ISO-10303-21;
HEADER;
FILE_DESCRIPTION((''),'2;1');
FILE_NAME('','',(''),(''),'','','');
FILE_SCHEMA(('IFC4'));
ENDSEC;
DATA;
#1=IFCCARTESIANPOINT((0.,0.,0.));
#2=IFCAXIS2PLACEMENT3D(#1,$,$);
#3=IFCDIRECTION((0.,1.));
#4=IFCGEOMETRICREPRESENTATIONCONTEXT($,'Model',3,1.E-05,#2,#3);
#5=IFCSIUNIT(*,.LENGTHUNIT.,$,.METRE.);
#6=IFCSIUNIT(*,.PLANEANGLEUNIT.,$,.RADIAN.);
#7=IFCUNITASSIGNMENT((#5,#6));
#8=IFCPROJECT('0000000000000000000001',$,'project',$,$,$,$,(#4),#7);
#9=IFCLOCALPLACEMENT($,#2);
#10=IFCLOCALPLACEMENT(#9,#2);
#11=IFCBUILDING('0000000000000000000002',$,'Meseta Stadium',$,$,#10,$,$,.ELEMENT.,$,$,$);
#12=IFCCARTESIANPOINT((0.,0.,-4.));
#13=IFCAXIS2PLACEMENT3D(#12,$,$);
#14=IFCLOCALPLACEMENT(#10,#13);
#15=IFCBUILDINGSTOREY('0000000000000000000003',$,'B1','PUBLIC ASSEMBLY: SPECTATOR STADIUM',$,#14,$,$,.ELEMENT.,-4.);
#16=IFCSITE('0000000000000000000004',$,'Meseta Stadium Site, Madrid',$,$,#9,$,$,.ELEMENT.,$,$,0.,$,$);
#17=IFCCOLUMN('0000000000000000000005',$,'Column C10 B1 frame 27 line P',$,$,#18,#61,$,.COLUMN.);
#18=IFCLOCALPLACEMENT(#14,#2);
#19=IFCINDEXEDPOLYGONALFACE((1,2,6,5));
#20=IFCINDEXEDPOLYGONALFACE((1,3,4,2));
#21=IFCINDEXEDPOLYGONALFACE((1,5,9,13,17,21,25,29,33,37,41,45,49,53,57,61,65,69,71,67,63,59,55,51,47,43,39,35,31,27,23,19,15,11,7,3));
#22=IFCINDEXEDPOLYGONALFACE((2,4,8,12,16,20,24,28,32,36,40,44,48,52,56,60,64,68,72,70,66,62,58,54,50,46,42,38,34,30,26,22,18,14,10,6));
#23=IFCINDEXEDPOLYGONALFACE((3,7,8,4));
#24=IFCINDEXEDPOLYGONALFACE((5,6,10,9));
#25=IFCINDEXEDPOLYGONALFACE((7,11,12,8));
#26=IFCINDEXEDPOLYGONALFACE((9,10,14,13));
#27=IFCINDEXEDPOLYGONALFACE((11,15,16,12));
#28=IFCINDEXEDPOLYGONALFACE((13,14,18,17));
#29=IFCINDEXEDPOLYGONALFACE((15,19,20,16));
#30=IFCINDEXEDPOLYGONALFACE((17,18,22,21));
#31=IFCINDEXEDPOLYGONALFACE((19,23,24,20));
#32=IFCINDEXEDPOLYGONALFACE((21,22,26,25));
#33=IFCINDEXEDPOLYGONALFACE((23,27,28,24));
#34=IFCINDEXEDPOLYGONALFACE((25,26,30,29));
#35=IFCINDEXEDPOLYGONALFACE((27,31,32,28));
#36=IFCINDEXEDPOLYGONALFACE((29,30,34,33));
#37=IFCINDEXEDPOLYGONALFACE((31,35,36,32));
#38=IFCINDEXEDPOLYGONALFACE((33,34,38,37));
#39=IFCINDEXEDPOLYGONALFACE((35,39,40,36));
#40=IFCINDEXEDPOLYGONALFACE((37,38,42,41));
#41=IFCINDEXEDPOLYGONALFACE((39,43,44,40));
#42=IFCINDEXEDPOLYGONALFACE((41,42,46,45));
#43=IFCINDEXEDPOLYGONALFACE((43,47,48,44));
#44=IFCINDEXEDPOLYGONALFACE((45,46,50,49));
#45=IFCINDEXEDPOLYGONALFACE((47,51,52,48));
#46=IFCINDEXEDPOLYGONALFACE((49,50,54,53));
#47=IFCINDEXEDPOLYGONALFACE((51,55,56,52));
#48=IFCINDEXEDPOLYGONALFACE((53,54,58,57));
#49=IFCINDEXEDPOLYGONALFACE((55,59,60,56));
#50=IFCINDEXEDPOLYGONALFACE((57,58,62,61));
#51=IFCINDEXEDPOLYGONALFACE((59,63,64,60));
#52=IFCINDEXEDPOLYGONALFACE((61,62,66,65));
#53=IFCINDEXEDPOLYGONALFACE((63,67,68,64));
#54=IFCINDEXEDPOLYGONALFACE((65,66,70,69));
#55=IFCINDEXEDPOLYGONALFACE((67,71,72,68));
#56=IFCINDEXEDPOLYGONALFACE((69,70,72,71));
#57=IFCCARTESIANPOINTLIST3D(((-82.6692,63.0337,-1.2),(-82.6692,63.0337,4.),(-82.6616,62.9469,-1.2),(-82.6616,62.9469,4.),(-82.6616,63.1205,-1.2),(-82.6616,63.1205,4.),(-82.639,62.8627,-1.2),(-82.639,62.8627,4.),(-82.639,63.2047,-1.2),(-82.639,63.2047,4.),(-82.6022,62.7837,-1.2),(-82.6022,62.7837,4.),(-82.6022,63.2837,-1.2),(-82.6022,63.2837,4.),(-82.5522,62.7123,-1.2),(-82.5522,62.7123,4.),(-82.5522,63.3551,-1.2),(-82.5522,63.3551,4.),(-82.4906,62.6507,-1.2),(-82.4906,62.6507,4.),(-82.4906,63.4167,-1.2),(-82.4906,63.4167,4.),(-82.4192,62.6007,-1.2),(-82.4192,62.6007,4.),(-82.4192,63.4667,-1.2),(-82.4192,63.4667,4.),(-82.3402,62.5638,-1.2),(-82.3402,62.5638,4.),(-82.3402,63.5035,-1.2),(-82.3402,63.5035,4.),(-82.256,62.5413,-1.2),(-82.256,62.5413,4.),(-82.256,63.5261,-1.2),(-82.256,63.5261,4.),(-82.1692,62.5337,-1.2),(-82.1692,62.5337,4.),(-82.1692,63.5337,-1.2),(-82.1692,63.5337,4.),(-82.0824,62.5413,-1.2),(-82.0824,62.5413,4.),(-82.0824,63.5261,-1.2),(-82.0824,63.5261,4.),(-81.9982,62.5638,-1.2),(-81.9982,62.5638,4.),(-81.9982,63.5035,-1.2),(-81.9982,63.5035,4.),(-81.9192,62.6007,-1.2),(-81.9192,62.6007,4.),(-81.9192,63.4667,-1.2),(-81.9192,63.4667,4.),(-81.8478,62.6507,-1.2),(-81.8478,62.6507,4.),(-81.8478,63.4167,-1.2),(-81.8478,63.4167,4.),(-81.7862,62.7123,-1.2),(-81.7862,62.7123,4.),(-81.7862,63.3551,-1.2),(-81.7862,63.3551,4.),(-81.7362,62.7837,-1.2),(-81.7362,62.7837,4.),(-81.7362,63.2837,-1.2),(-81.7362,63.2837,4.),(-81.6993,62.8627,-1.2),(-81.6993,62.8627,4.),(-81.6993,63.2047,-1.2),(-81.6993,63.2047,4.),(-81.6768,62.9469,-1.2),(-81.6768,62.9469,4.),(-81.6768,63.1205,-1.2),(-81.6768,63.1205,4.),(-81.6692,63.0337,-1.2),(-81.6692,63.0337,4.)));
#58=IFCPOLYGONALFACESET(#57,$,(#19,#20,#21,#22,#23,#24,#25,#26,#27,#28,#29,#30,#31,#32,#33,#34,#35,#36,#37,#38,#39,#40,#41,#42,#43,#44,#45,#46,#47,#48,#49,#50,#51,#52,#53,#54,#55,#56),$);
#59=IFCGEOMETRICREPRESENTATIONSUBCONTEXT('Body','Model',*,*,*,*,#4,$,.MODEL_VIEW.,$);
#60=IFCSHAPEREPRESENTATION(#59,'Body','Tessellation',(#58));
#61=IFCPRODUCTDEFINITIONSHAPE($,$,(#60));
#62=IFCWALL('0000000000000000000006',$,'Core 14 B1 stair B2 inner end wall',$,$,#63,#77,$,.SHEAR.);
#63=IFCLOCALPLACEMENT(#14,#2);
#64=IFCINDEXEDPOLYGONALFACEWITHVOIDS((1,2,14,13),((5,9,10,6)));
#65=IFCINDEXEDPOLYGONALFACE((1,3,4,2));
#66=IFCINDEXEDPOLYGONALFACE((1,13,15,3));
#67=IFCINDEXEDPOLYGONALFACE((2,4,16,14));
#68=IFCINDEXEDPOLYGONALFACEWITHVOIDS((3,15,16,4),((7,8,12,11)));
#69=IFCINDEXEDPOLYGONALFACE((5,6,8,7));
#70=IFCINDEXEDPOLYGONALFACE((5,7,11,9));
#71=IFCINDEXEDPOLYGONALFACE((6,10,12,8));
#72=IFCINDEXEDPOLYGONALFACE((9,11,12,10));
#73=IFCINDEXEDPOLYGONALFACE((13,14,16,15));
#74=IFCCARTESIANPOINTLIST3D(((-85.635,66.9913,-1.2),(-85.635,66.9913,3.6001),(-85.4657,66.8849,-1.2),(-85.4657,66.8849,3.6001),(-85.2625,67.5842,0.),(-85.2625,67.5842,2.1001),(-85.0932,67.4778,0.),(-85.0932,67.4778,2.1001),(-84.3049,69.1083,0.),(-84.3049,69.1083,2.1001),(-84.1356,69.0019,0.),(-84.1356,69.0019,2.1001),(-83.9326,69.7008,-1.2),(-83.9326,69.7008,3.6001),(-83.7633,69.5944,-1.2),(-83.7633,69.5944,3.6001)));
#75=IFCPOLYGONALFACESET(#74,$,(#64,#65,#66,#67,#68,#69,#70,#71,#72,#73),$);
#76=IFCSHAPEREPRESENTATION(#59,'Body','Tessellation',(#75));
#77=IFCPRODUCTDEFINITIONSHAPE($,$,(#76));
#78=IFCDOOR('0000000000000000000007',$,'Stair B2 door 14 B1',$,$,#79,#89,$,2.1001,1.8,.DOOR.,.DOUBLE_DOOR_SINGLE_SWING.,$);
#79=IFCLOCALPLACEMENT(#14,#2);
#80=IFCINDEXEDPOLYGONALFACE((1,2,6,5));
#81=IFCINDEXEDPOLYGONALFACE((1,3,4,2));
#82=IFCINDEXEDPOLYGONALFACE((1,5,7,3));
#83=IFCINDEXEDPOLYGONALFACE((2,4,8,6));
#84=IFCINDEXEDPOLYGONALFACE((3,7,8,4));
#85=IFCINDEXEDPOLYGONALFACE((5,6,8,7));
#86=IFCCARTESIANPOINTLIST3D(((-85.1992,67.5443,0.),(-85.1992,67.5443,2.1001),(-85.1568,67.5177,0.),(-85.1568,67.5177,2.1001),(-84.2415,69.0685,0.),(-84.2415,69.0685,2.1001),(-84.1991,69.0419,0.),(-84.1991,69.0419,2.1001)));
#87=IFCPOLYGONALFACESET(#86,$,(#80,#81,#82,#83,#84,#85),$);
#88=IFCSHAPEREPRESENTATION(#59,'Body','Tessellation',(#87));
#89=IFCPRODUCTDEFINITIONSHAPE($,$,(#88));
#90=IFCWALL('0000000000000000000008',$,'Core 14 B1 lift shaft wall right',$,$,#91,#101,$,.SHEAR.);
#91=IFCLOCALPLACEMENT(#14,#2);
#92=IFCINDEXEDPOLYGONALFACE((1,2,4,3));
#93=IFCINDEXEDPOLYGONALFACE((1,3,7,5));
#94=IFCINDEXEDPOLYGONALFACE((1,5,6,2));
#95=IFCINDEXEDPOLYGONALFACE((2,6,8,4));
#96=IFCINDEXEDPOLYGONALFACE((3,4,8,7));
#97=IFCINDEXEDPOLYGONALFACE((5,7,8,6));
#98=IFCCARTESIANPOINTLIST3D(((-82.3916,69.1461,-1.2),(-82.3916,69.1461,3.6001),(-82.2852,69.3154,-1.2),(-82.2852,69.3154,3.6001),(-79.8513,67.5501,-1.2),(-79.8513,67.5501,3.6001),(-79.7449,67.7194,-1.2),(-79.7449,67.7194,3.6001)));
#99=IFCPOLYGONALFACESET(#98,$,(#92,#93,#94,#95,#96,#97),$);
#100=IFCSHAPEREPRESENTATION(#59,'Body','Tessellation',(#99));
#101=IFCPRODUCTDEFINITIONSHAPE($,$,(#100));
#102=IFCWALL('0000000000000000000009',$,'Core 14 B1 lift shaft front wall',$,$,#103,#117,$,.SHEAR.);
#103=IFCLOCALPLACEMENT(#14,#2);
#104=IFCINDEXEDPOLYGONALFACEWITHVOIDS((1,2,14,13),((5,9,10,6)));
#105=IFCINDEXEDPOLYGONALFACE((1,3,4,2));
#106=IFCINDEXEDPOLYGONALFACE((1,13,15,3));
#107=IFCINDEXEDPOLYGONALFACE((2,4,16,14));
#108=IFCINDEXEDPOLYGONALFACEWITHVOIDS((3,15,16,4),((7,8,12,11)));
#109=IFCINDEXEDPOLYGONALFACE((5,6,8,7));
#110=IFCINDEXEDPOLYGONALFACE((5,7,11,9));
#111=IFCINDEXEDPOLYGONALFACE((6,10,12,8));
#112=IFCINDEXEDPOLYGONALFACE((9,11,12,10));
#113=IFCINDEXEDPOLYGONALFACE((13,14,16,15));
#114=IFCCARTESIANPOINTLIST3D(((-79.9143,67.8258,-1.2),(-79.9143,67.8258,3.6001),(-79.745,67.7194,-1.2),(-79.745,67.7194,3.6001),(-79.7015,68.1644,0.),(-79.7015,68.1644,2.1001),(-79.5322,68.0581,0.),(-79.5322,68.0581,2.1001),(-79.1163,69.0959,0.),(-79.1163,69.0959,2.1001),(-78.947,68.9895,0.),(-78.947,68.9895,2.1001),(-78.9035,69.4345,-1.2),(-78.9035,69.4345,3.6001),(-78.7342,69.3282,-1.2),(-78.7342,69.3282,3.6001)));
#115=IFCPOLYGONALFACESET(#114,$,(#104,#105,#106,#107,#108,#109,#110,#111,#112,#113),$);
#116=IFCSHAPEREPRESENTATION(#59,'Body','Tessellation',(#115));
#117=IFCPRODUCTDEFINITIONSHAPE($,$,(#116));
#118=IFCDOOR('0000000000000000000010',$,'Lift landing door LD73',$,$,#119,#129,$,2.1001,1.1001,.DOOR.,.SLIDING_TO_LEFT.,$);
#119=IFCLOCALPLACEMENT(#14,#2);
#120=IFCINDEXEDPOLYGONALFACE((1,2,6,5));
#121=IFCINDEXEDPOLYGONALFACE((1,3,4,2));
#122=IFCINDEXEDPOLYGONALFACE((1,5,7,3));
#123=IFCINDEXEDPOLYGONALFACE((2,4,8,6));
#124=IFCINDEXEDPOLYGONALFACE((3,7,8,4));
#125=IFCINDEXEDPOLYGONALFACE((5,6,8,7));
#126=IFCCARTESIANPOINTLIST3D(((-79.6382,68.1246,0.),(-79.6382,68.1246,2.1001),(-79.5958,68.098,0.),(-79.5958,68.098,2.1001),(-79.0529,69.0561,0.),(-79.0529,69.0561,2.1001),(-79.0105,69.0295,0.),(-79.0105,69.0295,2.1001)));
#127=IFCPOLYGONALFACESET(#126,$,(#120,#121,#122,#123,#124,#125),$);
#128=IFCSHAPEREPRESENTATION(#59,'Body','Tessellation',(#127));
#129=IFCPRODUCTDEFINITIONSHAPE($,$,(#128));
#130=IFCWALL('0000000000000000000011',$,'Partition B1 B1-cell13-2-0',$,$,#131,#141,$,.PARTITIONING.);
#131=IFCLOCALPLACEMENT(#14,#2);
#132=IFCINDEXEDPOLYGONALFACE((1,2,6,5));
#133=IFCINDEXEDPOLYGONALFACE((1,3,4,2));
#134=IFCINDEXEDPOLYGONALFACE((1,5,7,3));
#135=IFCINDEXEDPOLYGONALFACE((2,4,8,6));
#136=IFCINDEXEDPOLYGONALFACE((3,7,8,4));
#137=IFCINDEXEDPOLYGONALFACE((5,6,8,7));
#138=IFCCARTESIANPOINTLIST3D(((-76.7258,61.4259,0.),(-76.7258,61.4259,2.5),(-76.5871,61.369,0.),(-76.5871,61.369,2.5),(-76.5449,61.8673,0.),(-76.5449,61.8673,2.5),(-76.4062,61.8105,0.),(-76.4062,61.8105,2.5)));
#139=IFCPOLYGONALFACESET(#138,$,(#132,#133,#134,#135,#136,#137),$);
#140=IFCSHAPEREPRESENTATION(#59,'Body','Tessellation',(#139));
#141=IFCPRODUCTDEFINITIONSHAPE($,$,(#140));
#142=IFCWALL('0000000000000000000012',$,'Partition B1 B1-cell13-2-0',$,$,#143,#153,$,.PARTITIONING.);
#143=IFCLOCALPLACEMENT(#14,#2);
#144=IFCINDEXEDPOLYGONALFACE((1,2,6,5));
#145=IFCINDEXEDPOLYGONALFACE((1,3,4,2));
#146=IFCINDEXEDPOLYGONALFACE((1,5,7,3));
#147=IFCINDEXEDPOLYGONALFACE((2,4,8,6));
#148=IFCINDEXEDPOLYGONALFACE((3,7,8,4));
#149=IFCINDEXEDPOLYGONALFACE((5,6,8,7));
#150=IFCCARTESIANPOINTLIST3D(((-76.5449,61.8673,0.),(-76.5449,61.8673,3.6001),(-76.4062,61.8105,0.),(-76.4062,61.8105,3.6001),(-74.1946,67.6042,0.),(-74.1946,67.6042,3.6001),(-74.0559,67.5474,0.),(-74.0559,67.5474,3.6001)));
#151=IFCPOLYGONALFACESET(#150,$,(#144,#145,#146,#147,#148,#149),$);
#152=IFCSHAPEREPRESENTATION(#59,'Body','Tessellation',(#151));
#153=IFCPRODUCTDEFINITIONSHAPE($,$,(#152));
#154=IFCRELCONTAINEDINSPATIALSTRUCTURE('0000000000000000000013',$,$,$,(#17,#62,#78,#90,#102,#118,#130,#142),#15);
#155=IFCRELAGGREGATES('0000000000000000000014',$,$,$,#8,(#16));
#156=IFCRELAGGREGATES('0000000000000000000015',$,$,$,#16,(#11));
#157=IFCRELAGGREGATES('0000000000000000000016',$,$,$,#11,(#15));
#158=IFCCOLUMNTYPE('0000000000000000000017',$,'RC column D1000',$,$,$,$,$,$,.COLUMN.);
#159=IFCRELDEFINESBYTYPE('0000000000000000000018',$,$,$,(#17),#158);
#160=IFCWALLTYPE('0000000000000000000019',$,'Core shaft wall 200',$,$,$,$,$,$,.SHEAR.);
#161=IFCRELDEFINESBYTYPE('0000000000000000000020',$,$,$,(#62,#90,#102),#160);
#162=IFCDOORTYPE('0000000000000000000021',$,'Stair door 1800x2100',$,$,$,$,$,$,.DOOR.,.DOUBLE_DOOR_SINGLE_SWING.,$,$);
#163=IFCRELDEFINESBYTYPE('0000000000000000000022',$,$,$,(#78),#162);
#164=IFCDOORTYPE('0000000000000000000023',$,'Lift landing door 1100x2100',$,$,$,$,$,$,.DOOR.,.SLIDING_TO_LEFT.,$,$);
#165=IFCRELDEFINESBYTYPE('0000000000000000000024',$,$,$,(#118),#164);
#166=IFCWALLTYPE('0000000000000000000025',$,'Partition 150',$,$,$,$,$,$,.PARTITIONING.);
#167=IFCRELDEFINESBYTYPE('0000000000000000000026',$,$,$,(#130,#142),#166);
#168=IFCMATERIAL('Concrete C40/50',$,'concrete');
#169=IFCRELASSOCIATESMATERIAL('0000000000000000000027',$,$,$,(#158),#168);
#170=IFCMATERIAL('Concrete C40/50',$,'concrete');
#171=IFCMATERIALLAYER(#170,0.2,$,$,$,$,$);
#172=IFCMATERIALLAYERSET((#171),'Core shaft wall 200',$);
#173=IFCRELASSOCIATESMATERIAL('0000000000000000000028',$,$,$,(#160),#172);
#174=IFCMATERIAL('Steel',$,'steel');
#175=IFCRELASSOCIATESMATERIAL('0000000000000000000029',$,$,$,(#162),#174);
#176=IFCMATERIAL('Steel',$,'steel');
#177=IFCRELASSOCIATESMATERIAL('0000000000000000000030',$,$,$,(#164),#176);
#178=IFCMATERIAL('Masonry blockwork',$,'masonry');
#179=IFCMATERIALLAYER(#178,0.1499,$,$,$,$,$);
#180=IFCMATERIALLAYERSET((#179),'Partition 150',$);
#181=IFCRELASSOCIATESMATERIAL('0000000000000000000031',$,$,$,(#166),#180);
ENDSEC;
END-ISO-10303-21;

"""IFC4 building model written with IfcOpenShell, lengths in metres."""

from ifc_helpers import new_model, si_unit, direction, frame, frame_2d, origin, origin_2d, place, context, subcontext, project, spatial, rectangle, circle, extrude, material, layer, layer_set, material_profile, profile_set, type_object, element, fill, save


model = new_model("IFC4")

# Units and contexts
model_context = context("Model", 3, precision=1e-05, world=origin(), true_north=direction((0.0, 1.0)))
body_context = subcontext(model_context, "Body", "Model", "MODEL_VIEW")
ifc_project = project(units=[si_unit("LENGTHUNIT", "METRE"), si_unit("PLANEANGLEUNIT", "RADIAN")], contexts=[model_context])

# Site, building, storey
site_placement = place(None, origin())
site = spatial("IfcSite", under=ifc_project, at=site_placement, Name="Meseta Stadium Site, Madrid", CompositionType="ELEMENT", RefElevation=0.0)
building_placement = place(site_placement, origin())
building = spatial("IfcBuilding", under=site, at=building_placement, Name="Meseta Stadium", CompositionType="ELEMENT")
storey_placement = place(building_placement, frame((0.0, 0.0, -4.0)))
storey = spatial("IfcBuildingStorey", under=building, at=storey_placement, Name="B1", Description="PUBLIC ASSEMBLY: SPECTATOR STADIUM", CompositionType="ELEMENT", Elevation=-4.0)

# Column
ifc_material_1 = material(Name="Concrete C40/50", Category="concrete")
ifc_material_profile = material_profile(ifc_material_1, circle(Radius=0.5, at=origin_2d()), Name="RC D1000")
ifc_profile_set = profile_set([ifc_material_profile], Name="Concrete C40/50")
column_type = type_object("IfcColumnType", Name="RC column D1000", PredefinedType="COLUMN", material=ifc_profile_set)
column_placement = place(storey_placement, frame((-82.1692, 63.0337, -1.2), z_axis=(0.0, 0.0, 1.0), x_axis=(1.0, 0.0, 0.0)))
element("IfcColumn", 1, at=column_placement, inside=storey, type_object=column_type, Name="Column C10 B1 frame 27 line P", PredefinedType="COLUMN", context=body_context, shape_type="SweptSolid", body=[
    extrude(circle(Radius=0.5, at=origin_2d()), origin(), (0.0, 0.0, 1.0), 5.2),
])

# Wall, opening, door
ifc_material_2 = material(Name="Concrete C40/50", Category="concrete")
ifc_layer_1 = layer(ifc_material_2, 0.2)
ifc_layer_set_1 = layer_set([ifc_layer_1], Name="Core shaft wall 200")
wall_type_1 = type_object("IfcWallType", Name="Core shaft wall 200", PredefinedType="SHEAR", material=ifc_layer_set_1)
wall_1_placement = place(storey_placement, frame((-83.8479, 69.6477, -1.2), z_axis=(0.0, 0.0, 1.0), x_axis=(-0.532014, -0.846736, 0.0)))
wall_1 = element("IfcWall", 2, at=wall_1_placement, inside=storey, type_object=wall_type_1, Name="Core 14 B1 stair B2 inner end wall", PredefinedType="SHEAR", context=body_context, shape_type="SweptSolid", body=[
    extrude(rectangle(XDim=3.2, YDim=0.2, at=frame_2d((1.6001, 0.0))), origin(), (0.0, 0.0, 1.0), 4.8),
])
opening_1_placement = place(wall_1_placement, frame((0.7, 0.0, 1.2)))
opening_1 = element("IfcOpeningElement", 3, at=opening_1_placement, cuts=wall_1, PredefinedType="OPENING", context=body_context, shape_type="SweptSolid", body=[
    extrude(rectangle(XDim=1.8, YDim=2.1001, at=frame_2d((0.8999, 1.05))), frame((0.0, 0.1099, 0.0), z_axis=(0.0, -1.0, 0.0), x_axis=(1.0, 0.0, 0.0)), (0.0, 0.0, 1.0), 0.22),
])
ifc_material_3 = material(Name="Steel", Category="steel")
door_type_1 = type_object("IfcDoorType", Name="Stair door 1800x2100", OperationType="DOUBLE_DOOR_SINGLE_SWING", PredefinedType="DOOR", material=ifc_material_3)
door_1_placement = place(opening_1_placement, origin())
door_1 = element("IfcDoor", 4, at=door_1_placement, inside=storey, type_object=door_type_1, Name="Stair B2 door 14 B1", OperationType="DOUBLE_DOOR_SINGLE_SWING", OverallHeight=2.1001, OverallWidth=1.8, PredefinedType="DOOR", context=body_context, shape_type="SweptSolid", body=[
    extrude(rectangle(XDim=1.8, YDim=2.1001, at=frame_2d((0.8999, 1.05))), frame((0.0, 0.0249, 0.0), z_axis=(0.0, -1.0, 0.0), x_axis=(1.0, 0.0, 0.0)), (0.0, 0.0, 1.0), 0.05),
])
fill(opening_1, door_1)

# Wall
wall_2_placement = place(storey_placement, frame((-82.3384, 69.2307, -1.2), z_axis=(0.0, 0.0, 1.0), x_axis=(0.846757, -0.53198, 0.0)))
element("IfcWall", 5, at=wall_2_placement, inside=storey, type_object=wall_type_1, Name="Core 14 B1 lift shaft wall right", PredefinedType="SHEAR", context=body_context, shape_type="SweptSolid", body=[
    extrude(rectangle(XDim=3.0, YDim=0.2, at=frame_2d((1.5, 0.0))), origin(), (0.0, 0.0, 1.0), 4.8),
])

# Wall, opening, door
wall_3_placement = place(storey_placement, frame((-78.8188, 69.3813, -1.2), z_axis=(0.0, 0.0, 1.0), x_axis=(-0.532019, -0.846732, 0.0)))
wall_3 = element("IfcWall", 6, at=wall_3_placement, inside=storey, type_object=wall_type_1, Name="Core 14 B1 lift shaft front wall", PredefinedType="SHEAR", context=body_context, shape_type="SweptSolid", body=[
    extrude(rectangle(XDim=1.8999, YDim=0.2, at=frame_2d((0.95, 0.0))), origin(), (0.0, 0.0, 1.0), 4.8),
])
opening_2_placement = place(wall_3_placement, frame((0.3999, 0.0, 1.2)))
opening_2 = element("IfcOpeningElement", 7, at=opening_2_placement, cuts=wall_3, PredefinedType="OPENING", context=body_context, shape_type="SweptSolid", body=[
    extrude(rectangle(XDim=1.1001, YDim=2.1001, at=frame_2d((0.55, 1.05))), frame((0.0, 0.1099, 0.0), z_axis=(0.0, -1.0, 0.0), x_axis=(1.0, 0.0, 0.0)), (0.0, 0.0, 1.0), 0.22),
])
ifc_material_4 = material(Name="Steel", Category="steel")
door_type_2 = type_object("IfcDoorType", Name="Lift landing door 1100x2100", OperationType="SLIDING_TO_LEFT", PredefinedType="DOOR", material=ifc_material_4)
door_2_placement = place(opening_2_placement, origin())
door_2 = element("IfcDoor", 8, at=door_2_placement, inside=storey, type_object=door_type_2, Name="Lift landing door LD73", OperationType="SLIDING_TO_LEFT", OverallHeight=2.1001, OverallWidth=1.1001, PredefinedType="DOOR", context=body_context, shape_type="SweptSolid", body=[
    extrude(rectangle(XDim=1.1001, YDim=2.1001, at=frame_2d((0.55, 1.05))), frame((0.0, 0.0249, 0.0), z_axis=(0.0, -1.0, 0.0), x_axis=(1.0, 0.0, 0.0)), (0.0, 0.0, 1.0), 0.05),
])
fill(opening_2, door_2)

# Walls
ifc_material_5 = material(Name="Masonry blockwork", Category="masonry")
ifc_layer_2 = layer(ifc_material_5, 0.1499)
ifc_layer_set_2 = layer_set([ifc_layer_2], Name="Partition 150")
wall_type_2 = type_object("IfcWallType", Name="Partition 150", PredefinedType="PARTITIONING", material=ifc_layer_set_2)
wall_4_placement = place(storey_placement, frame((-76.6565, 61.3975, 0.0), z_axis=(0.0, 0.0, 1.0), x_axis=(0.379231, 0.925302, 0.0)))
element("IfcWall", 9, at=wall_4_placement, inside=storey, type_object=wall_type_2, Name="Partition B1 B1-cell13-2-0", PredefinedType="PARTITIONING", context=body_context, shape_type="SweptSolid", body=[
    extrude(rectangle(XDim=0.4771, YDim=0.1499, at=frame_2d((0.2385, 0.0))), origin(), (0.0, 0.0, 1.0), 2.5),
])
wall_5_placement = place(storey_placement, frame((-76.4756, 61.8389, 0.0), z_axis=(0.0, 0.0, 1.0), x_axis=(0.379111, 0.925351, 0.0)))
element("IfcWall", 10, at=wall_5_placement, inside=storey, type_object=wall_type_2, Name="Partition B1 B1-cell13-2-0", PredefinedType="PARTITIONING", context=body_context, shape_type="SweptSolid", body=[
    extrude(rectangle(XDim=6.1997, YDim=0.1499, at=frame_2d((3.0999, 0.0))), origin(), (0.0, 0.0, 1.0), 3.6001),
])

save(model, "model.ifc")
